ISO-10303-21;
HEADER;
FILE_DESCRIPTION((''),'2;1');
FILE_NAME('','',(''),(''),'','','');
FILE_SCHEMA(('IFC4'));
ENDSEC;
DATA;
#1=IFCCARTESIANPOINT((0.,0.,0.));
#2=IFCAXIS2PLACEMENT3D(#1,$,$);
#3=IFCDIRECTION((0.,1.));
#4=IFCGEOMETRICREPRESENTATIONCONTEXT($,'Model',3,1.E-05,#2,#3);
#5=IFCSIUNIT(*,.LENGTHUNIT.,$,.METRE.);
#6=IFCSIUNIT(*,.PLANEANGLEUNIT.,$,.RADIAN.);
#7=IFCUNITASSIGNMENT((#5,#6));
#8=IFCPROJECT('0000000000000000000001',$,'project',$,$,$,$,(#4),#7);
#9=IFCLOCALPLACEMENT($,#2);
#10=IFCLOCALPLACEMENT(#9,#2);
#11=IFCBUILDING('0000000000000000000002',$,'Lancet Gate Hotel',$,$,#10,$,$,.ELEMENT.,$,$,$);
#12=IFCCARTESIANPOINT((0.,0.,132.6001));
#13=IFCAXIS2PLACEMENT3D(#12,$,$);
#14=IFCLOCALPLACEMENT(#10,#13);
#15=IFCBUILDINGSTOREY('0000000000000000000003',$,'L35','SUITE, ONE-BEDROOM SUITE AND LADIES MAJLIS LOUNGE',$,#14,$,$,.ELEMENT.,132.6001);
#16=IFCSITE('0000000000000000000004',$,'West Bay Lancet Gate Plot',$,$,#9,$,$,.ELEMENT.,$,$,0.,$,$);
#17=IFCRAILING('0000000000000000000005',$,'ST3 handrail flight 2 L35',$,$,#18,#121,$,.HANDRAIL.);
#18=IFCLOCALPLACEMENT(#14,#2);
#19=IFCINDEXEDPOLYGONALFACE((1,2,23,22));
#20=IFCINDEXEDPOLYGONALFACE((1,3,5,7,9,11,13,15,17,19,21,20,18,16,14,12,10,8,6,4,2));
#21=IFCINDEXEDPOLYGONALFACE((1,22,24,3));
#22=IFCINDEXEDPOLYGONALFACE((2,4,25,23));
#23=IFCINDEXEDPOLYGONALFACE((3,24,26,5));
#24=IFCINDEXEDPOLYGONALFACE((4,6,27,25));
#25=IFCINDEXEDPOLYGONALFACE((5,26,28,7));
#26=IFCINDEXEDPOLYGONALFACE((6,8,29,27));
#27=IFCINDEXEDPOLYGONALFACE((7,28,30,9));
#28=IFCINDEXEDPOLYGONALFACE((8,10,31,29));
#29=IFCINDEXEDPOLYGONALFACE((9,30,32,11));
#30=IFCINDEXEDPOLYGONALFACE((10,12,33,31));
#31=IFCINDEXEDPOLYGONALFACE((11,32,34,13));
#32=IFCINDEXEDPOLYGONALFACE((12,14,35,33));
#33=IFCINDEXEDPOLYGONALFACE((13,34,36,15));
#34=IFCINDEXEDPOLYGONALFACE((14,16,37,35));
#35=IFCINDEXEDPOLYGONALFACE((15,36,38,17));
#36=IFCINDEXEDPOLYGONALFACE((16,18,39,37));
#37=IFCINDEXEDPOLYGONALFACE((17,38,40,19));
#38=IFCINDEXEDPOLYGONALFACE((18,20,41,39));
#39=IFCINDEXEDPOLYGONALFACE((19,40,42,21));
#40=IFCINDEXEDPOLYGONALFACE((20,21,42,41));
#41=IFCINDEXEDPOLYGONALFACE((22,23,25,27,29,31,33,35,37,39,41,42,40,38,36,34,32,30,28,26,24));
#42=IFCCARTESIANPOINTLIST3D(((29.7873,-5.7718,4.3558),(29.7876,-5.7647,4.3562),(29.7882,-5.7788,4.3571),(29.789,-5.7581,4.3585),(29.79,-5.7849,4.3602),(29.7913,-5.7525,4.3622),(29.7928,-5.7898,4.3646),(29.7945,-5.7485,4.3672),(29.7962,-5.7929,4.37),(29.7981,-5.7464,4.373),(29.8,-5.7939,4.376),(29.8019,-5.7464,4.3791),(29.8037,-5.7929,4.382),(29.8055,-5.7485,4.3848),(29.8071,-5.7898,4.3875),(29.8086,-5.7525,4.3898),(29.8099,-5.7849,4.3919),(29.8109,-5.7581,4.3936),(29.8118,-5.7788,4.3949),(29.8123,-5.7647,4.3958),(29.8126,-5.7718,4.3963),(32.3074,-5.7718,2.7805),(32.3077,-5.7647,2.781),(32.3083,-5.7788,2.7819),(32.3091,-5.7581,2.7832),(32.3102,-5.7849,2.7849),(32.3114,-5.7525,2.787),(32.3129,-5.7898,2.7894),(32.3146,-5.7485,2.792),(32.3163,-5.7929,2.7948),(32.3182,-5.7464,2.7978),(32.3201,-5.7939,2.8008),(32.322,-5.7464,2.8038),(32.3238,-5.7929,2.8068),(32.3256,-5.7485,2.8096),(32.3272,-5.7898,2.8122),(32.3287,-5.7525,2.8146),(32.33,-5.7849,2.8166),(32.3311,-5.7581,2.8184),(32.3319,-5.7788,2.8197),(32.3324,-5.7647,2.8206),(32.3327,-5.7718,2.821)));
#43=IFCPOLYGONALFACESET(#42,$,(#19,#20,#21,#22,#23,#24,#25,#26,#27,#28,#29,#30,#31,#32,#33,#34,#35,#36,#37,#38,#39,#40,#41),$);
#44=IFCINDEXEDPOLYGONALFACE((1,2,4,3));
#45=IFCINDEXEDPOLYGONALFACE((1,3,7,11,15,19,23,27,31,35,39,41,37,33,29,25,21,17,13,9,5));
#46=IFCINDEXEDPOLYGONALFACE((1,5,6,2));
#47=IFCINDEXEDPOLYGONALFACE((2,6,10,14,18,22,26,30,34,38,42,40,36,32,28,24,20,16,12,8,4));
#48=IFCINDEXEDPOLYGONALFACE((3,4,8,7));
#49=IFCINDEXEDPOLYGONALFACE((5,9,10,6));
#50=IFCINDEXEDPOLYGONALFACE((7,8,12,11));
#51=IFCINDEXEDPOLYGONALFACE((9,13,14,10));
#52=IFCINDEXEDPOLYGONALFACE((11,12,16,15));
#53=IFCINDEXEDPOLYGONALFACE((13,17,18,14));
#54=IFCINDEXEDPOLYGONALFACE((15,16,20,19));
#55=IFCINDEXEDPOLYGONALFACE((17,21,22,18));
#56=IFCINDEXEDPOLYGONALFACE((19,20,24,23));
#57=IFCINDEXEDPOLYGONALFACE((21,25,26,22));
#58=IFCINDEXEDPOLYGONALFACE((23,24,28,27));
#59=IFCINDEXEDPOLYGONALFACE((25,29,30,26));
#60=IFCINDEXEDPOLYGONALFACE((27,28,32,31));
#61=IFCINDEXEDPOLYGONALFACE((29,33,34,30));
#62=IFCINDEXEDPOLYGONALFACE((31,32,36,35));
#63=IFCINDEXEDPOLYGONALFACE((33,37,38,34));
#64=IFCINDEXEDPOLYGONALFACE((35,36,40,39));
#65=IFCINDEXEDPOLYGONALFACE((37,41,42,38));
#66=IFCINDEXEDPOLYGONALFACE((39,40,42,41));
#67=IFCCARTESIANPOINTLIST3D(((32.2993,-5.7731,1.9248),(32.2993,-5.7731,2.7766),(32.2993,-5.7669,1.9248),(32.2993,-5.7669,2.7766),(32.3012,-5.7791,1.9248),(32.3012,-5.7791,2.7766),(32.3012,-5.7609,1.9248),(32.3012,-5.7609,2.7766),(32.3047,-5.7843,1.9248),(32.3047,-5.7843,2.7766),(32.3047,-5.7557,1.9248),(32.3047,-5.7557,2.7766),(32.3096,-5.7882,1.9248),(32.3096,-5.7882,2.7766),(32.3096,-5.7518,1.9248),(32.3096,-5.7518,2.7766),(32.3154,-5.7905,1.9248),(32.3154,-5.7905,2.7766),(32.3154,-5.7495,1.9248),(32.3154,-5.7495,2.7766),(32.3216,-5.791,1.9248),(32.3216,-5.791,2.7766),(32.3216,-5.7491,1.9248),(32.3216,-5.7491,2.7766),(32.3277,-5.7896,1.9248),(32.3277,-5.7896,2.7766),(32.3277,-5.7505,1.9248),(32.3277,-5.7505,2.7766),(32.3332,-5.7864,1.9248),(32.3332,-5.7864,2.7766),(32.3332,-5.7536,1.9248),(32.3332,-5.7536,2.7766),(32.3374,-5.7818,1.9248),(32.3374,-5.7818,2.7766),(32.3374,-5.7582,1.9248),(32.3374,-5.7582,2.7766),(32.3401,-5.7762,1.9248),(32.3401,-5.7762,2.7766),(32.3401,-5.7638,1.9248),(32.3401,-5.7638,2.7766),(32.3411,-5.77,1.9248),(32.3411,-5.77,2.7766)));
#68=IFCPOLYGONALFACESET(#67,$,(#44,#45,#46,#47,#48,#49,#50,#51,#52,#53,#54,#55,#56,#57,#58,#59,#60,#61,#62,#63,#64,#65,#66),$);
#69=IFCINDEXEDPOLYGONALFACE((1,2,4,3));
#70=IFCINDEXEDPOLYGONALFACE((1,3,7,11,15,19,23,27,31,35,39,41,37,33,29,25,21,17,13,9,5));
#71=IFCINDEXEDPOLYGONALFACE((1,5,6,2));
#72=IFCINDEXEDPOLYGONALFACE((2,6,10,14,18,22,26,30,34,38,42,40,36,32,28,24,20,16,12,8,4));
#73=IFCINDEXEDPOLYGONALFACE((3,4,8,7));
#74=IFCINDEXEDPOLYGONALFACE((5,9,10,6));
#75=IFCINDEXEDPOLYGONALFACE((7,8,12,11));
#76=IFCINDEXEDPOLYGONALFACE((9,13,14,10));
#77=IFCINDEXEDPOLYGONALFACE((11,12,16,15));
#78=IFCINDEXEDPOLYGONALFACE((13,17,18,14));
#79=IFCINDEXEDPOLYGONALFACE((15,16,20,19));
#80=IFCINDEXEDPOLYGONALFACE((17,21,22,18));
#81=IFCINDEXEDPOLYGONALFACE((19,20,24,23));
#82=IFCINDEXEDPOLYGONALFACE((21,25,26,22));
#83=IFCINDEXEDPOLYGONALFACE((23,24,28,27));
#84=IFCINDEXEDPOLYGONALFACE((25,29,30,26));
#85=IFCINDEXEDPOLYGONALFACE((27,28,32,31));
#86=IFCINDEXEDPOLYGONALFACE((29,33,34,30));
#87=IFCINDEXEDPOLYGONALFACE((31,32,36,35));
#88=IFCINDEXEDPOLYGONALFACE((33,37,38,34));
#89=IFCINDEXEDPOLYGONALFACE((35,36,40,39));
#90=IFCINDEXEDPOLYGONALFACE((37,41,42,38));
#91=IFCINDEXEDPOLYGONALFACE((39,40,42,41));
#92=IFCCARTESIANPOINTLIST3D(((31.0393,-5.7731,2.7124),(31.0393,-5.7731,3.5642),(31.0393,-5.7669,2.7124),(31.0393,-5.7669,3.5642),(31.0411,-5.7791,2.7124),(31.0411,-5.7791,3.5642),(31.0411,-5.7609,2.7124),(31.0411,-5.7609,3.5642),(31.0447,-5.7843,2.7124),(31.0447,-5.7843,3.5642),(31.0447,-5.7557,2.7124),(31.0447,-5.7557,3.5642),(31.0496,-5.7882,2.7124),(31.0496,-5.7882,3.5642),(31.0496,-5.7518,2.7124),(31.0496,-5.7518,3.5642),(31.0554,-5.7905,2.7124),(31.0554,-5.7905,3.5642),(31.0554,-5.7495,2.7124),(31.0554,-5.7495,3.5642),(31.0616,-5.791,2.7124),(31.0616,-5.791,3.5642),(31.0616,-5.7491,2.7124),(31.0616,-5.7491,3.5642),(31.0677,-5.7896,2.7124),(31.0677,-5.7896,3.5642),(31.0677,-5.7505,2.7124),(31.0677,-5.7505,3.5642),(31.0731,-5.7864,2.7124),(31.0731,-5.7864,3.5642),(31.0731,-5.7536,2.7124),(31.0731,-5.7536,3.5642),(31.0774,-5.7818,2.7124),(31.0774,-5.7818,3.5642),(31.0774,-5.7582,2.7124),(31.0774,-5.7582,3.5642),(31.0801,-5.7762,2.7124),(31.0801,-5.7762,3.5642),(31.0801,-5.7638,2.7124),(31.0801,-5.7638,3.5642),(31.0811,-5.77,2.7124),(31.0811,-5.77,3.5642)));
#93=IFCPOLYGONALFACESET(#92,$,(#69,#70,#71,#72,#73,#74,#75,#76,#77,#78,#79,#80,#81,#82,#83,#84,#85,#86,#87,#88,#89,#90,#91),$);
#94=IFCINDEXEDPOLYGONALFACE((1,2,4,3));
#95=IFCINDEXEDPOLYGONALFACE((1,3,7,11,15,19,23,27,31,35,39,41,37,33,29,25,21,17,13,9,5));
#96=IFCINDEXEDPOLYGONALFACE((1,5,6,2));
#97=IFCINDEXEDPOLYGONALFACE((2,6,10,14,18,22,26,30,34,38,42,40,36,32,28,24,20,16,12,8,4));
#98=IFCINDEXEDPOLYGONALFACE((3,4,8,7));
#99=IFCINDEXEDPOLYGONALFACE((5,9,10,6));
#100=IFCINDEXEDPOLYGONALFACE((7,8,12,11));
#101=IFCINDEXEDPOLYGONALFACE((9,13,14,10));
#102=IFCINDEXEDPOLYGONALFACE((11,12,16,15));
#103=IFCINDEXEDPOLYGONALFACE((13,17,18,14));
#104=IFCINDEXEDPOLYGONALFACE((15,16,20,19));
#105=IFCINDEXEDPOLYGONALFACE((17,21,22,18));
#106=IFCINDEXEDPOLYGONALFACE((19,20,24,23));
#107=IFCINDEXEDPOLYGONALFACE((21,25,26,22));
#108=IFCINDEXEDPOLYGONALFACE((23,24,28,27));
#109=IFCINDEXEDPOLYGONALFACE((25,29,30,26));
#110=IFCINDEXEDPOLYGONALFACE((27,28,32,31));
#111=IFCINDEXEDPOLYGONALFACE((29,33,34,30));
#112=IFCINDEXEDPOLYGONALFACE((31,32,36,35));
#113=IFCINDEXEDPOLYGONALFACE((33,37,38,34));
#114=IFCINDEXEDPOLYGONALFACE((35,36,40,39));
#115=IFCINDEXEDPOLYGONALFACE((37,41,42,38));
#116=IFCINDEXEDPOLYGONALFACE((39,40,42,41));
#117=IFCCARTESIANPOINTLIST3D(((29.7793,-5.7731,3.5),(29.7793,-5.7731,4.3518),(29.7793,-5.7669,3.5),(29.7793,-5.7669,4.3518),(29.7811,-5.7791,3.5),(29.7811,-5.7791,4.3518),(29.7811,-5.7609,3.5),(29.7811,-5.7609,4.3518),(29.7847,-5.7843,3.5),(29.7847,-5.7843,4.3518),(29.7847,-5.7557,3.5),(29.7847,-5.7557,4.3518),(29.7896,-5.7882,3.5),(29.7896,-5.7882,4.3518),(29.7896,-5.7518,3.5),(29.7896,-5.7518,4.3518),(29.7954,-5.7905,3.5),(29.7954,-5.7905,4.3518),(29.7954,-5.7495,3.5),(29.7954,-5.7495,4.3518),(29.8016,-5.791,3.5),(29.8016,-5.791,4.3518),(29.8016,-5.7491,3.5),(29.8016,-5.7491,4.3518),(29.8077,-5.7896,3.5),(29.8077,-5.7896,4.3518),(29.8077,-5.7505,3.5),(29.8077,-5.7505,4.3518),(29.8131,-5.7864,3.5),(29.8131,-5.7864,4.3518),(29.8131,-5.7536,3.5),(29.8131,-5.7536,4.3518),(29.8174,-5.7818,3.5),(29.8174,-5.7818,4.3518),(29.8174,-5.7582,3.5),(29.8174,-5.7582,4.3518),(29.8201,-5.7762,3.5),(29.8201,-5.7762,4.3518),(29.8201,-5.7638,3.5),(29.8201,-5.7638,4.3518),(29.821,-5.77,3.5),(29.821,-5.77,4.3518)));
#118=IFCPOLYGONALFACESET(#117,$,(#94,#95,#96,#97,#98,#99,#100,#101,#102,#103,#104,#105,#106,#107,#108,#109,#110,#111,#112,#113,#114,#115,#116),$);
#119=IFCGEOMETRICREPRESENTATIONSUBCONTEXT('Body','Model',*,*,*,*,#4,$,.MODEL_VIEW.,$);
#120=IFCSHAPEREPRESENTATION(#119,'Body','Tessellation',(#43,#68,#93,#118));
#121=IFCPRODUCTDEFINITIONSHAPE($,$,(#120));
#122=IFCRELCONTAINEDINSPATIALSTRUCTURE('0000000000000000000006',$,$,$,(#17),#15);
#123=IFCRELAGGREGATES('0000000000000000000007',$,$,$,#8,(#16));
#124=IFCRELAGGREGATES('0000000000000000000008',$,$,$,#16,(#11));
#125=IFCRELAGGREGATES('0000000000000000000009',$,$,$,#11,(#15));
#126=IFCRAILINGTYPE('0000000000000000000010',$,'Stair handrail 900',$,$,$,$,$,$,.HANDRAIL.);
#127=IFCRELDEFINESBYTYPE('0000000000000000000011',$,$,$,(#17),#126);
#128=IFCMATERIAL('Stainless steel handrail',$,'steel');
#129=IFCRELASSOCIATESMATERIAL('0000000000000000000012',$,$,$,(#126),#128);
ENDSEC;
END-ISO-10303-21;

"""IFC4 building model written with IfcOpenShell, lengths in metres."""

from ifc_helpers import new_model, si_unit, direction, frame, origin, origin_2d, place, context, subcontext, project, spatial, circle, extrude, material, type_object, element, save


model = new_model("IFC4")

# Units and contexts
model_context = context("Model", 3, precision=1e-05, world=origin(), true_north=direction((0.0, 1.0)))
body_context = subcontext(model_context, "Body", "Model", "MODEL_VIEW")
ifc_project = project(units=[si_unit("LENGTHUNIT", "METRE"), si_unit("PLANEANGLEUNIT", "RADIAN")], contexts=[model_context])

# Site, building, storey
site_placement = place(None, origin())
site = spatial("IfcSite", under=ifc_project, at=site_placement, Name="West Bay Lancet Gate Plot", CompositionType="ELEMENT", RefElevation=0.0)
building_placement = place(site_placement, origin())
building = spatial("IfcBuilding", under=site, at=building_placement, Name="Lancet Gate Hotel", CompositionType="ELEMENT")
storey_placement = place(building_placement, frame((0.0, 0.0, 132.6001)))
storey = spatial("IfcBuildingStorey", under=building, at=storey_placement, Name="L35", Description="SUITE, ONE-BEDROOM SUITE AND LADIES MAJLIS LOUNGE", CompositionType="ELEMENT", Elevation=132.6001)

# Railing
ifc_material_1 = material(Name="Stainless steel handrail", Category="steel")
railing_type = type_object("IfcRailingType", Name="Stair handrail 900", PredefinedType="HANDRAIL", material=ifc_material_1)
railing_1_placement = place(storey_placement, frame((32.3201, -5.77, 1.9248)))
element("IfcRailing", 1, at=railing_1_placement, inside=storey, type_object=railing_type, Name="ST3 handrail flight 2 L35", PredefinedType="HANDRAIL", context=body_context, shape_type="SweptSolid", body=[
    extrude(circle(Radius=0.0239, at=origin_2d()), frame((0.0, 0.0, 0.876), z_axis=(-0.847971, 0.0, 0.530043), x_axis=(0.0, -1.0, 0.0)), (0.0, 0.0, 1.0), 2.9719),
    extrude(circle(Radius=0.021, at=origin_2d()), origin(), (0.0, 0.0, 1.0), 0.8518),
    extrude(circle(Radius=0.021, at=origin_2d()), frame((-1.26, 0.0, 0.7876)), (0.0, 0.0, 1.0), 0.8518),
    extrude(circle(Radius=0.021, at=origin_2d()), frame((-2.52, 0.0, 1.5752)), (0.0, 0.0, 1.0), 0.8518),
])

save(model, "model.ifc")
